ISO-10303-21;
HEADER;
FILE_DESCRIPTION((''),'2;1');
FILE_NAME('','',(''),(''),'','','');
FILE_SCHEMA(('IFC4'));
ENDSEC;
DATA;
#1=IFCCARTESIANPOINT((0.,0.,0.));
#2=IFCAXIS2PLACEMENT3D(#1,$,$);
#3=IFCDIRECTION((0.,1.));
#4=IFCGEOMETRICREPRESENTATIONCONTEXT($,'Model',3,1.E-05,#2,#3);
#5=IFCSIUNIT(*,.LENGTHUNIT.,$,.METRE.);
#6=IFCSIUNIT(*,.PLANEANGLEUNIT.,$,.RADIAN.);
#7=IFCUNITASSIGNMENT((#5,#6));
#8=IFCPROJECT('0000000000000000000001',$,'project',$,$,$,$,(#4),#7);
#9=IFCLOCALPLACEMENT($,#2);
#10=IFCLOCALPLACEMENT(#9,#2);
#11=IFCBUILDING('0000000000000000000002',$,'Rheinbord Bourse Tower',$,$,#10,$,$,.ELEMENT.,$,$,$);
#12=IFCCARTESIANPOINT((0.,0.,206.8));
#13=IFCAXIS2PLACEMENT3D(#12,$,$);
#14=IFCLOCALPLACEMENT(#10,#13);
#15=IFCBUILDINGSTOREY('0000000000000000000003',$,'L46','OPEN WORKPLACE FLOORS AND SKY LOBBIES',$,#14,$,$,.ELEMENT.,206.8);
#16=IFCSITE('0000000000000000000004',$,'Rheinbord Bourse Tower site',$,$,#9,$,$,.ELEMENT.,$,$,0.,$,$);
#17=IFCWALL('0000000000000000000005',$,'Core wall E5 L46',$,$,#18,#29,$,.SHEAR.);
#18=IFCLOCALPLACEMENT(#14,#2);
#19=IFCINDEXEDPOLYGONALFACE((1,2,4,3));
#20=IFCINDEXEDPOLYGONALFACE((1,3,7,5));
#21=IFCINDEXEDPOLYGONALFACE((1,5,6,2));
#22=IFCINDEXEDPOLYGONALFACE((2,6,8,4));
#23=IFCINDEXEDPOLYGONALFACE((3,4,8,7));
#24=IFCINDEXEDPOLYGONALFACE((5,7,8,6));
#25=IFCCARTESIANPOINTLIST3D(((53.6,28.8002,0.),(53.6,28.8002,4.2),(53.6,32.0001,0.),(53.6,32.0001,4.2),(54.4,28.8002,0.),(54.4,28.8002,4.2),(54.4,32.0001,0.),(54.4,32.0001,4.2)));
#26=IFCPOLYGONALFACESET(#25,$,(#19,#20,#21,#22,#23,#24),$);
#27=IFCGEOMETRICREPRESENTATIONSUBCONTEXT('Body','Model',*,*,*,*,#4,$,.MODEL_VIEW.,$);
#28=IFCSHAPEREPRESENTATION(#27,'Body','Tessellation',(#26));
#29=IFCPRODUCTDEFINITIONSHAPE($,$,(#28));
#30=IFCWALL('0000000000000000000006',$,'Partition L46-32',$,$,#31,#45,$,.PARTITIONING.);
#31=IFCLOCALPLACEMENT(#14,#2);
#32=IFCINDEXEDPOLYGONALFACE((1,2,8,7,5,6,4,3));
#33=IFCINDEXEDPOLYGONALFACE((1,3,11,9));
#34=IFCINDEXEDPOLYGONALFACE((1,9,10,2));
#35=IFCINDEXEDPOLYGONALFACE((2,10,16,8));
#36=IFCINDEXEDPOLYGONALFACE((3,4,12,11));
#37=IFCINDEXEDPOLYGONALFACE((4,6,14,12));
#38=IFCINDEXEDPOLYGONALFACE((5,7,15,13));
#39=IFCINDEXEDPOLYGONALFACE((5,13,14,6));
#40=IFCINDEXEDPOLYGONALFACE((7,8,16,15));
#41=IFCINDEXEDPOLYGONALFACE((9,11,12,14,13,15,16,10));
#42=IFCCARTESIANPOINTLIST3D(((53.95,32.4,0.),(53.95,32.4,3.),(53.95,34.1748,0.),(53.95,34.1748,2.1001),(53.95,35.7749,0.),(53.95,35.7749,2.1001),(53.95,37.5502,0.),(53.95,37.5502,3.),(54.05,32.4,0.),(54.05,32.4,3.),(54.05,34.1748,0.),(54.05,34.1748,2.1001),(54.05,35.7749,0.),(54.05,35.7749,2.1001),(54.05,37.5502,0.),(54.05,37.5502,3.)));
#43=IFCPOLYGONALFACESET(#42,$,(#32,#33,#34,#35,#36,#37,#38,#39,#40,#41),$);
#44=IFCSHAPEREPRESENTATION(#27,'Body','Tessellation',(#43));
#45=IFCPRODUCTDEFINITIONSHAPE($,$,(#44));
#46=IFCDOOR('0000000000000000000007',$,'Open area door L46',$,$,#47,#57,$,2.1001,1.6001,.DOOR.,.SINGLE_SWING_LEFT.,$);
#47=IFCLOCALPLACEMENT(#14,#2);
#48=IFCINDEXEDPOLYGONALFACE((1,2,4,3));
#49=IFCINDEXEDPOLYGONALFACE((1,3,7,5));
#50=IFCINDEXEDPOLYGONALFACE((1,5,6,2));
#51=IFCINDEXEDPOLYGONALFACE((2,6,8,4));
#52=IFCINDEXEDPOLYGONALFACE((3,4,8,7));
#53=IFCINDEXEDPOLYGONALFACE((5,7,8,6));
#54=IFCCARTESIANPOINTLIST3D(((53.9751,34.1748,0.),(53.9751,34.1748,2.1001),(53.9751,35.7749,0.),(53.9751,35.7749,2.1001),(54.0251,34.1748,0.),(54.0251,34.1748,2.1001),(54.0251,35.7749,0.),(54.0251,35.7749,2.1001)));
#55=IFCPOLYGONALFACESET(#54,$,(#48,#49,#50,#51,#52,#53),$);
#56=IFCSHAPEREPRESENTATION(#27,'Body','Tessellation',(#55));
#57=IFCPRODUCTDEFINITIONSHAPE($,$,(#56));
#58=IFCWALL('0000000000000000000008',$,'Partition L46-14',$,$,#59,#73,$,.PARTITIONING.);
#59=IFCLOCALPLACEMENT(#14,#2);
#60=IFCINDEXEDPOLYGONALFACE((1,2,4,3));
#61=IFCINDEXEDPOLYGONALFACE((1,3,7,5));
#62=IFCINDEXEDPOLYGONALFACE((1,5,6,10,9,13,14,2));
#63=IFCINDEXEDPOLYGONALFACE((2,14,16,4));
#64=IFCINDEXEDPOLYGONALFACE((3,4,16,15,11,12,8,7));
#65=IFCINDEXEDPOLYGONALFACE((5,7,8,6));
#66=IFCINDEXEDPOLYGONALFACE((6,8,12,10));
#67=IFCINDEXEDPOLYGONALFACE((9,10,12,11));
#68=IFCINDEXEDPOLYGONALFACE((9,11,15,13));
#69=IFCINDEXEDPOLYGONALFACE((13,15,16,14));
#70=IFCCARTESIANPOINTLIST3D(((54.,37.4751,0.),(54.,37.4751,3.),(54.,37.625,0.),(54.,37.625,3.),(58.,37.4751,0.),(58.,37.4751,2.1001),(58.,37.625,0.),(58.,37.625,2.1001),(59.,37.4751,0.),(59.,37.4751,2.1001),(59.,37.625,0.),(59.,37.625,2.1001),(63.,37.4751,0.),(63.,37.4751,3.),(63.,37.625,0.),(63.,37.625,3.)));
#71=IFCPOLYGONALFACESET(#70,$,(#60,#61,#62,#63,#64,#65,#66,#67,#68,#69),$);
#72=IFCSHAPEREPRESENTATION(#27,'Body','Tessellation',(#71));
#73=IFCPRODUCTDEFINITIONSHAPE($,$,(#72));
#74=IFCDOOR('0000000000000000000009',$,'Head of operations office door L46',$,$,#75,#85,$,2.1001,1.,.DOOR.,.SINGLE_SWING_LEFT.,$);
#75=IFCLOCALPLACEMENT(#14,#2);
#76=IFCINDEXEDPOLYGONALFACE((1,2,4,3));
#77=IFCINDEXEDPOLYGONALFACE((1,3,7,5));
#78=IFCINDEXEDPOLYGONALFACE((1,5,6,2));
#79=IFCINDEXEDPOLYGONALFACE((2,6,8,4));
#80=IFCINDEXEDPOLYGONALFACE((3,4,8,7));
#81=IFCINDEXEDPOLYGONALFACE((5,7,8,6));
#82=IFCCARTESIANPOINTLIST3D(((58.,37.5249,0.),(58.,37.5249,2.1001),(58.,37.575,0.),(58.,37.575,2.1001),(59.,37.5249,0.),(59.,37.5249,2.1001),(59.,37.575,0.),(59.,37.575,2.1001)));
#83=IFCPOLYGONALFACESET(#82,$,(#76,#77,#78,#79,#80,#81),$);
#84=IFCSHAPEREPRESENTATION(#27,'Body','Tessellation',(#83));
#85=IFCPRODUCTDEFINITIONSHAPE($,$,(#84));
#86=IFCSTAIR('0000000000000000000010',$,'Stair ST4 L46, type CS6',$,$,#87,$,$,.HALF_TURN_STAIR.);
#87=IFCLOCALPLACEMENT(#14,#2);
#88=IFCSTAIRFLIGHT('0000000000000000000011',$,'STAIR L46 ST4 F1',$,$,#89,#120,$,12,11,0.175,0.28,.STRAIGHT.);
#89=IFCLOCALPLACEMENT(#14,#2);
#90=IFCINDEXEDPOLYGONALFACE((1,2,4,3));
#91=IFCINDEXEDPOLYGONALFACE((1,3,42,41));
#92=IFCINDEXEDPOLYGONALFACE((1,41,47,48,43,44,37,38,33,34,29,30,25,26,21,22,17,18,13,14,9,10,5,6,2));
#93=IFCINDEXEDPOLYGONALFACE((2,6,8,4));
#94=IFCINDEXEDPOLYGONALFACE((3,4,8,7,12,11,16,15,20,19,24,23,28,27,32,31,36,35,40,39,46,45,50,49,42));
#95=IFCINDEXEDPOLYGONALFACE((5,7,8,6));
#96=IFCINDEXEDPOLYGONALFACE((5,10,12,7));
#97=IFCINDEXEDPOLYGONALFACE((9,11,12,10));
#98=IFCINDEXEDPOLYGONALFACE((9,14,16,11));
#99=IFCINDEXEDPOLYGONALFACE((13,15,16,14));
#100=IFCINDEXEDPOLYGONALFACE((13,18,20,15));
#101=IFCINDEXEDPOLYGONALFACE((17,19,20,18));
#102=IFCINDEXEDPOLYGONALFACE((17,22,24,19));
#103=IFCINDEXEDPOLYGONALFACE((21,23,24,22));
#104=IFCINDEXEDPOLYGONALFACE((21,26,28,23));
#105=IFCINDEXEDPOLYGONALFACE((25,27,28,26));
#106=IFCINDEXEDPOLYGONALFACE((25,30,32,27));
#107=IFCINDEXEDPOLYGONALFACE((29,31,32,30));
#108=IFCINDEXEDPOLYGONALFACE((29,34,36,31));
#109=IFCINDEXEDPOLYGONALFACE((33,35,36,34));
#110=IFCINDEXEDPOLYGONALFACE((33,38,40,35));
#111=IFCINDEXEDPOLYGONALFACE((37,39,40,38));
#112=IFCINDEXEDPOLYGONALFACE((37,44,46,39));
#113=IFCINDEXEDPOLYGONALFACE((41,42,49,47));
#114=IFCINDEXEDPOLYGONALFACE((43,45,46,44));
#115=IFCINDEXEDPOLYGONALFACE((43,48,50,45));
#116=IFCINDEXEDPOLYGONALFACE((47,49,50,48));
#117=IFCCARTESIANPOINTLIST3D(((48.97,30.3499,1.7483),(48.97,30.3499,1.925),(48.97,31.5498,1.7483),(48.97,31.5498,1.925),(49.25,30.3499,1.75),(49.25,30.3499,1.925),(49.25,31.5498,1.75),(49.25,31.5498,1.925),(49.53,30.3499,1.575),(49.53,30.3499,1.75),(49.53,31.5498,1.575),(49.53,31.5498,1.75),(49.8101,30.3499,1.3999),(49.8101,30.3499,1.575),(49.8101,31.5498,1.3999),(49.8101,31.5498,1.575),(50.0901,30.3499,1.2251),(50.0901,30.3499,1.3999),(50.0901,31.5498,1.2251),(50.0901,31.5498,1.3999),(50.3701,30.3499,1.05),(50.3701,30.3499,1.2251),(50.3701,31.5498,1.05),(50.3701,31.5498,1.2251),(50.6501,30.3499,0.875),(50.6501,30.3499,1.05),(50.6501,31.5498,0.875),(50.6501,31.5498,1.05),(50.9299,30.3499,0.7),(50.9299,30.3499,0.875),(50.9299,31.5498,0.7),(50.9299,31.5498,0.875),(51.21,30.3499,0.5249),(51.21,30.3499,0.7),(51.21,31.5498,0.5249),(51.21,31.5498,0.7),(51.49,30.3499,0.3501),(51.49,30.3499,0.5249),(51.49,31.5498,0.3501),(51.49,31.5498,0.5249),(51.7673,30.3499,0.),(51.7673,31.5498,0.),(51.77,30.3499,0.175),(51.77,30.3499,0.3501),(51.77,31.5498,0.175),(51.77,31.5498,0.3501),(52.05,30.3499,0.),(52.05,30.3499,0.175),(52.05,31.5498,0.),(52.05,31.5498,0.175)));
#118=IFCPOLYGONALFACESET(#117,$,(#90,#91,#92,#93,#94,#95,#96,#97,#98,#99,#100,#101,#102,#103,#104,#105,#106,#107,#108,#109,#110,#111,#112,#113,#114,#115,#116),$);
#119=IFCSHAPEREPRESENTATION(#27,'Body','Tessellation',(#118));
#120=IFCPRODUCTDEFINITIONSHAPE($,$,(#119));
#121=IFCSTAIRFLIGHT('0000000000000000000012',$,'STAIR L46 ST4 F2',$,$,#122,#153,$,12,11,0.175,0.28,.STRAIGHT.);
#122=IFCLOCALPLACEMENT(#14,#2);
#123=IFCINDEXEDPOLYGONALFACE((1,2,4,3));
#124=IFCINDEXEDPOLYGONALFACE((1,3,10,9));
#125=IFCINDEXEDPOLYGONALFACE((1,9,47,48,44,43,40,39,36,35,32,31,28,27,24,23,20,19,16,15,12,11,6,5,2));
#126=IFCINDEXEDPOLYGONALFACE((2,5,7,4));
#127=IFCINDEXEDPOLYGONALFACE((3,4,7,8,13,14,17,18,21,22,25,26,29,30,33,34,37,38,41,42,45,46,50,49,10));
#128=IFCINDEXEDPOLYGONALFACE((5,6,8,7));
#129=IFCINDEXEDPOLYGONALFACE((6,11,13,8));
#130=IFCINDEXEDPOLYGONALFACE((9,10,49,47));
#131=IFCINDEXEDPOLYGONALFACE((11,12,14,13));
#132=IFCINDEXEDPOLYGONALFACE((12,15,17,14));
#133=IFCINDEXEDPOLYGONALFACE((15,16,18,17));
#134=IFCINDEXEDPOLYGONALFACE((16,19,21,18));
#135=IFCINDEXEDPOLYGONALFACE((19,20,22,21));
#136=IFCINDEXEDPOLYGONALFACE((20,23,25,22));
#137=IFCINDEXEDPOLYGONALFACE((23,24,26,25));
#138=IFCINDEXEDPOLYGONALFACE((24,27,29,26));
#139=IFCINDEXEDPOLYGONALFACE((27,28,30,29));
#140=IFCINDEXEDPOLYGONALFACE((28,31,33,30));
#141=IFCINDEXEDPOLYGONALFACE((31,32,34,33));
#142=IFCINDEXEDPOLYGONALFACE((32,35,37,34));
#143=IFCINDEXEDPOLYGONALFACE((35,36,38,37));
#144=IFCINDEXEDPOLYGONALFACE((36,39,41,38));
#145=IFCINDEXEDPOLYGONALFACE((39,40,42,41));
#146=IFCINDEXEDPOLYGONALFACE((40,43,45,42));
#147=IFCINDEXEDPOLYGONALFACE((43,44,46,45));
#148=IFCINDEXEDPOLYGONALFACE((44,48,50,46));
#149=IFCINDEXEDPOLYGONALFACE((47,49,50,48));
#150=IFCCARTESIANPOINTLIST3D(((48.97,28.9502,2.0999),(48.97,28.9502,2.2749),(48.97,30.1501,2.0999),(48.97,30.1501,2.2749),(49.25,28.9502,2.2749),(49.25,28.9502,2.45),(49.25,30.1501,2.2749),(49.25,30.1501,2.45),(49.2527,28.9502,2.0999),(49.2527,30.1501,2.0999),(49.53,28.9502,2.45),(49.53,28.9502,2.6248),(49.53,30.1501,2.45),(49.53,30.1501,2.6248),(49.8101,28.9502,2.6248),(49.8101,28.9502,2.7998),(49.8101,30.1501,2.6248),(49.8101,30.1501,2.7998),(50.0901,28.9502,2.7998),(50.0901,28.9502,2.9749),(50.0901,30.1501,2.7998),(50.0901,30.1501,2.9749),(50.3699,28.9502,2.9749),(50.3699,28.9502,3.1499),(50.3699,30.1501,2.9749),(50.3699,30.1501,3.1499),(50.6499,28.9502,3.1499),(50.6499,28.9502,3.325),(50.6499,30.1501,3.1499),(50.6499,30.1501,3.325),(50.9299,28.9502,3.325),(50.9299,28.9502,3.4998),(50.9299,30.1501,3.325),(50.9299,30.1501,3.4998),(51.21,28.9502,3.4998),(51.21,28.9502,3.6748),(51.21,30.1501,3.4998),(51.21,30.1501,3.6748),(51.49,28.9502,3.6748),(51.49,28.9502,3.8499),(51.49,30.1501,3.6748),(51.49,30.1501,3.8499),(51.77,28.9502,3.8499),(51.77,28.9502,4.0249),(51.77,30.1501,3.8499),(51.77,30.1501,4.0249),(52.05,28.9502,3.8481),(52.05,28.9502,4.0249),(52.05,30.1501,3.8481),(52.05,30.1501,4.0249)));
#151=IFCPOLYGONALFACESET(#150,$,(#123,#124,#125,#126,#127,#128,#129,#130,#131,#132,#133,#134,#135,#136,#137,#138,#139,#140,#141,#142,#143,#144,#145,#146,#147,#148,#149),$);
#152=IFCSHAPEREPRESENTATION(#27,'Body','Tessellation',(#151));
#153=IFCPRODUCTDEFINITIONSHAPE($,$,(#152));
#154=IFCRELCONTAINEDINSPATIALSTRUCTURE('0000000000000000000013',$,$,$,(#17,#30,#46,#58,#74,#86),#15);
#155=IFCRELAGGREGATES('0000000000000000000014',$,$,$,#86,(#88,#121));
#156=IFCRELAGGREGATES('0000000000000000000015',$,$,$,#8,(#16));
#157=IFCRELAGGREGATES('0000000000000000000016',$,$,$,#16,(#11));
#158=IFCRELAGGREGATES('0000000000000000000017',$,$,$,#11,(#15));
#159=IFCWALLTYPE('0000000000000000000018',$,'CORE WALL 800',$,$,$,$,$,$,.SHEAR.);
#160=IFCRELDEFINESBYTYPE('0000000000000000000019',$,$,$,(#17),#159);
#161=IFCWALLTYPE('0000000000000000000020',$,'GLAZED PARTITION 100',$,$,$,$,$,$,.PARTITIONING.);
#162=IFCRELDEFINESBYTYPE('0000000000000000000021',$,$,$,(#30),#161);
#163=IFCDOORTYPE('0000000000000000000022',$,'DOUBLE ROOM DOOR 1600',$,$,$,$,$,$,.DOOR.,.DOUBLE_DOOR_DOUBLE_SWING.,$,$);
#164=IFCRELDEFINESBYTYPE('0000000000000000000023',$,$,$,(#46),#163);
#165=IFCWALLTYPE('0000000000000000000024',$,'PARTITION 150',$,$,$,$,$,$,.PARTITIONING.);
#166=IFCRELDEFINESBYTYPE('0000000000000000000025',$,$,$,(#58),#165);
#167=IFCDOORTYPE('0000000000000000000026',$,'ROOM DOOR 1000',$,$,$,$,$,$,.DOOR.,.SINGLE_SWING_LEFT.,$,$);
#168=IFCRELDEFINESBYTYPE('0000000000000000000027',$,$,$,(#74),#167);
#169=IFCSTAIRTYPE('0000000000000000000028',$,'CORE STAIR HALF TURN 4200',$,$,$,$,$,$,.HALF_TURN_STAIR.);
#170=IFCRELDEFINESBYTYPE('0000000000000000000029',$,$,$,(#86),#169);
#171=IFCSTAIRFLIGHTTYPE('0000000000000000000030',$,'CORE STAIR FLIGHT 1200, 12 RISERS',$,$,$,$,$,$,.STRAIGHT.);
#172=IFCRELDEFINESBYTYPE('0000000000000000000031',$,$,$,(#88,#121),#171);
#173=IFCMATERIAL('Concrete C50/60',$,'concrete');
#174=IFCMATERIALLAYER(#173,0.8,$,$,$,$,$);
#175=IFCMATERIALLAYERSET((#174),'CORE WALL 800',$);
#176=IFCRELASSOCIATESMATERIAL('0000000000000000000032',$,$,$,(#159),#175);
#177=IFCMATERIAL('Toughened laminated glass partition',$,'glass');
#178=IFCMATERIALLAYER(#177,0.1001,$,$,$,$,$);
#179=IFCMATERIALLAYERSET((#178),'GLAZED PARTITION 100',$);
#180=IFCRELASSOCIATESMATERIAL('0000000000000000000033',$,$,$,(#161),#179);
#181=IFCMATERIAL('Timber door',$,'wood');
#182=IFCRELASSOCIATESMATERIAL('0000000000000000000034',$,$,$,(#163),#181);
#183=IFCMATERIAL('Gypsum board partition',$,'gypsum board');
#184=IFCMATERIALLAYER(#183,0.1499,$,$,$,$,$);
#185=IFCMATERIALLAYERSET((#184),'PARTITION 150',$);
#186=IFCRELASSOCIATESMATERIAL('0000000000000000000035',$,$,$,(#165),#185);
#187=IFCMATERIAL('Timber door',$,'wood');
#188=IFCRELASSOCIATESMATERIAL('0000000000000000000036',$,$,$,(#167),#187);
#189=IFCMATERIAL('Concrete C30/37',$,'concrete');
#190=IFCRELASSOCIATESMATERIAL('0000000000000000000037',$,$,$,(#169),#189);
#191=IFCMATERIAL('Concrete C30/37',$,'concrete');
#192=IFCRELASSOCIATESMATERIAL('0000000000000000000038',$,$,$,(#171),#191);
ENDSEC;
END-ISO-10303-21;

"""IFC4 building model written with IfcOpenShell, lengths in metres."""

from ifc_helpers import new_model, si_unit, direction, frame, frame_2d, origin, place, context, subcontext, project, spatial, polyline, rectangle, outline, extrude, material, layer, layer_set, type_object, element, fill, aggregate, save


model = new_model("IFC4")

# Units and contexts
model_context = context("Model", 3, precision=1e-05, world=origin(), true_north=direction((0.0, 1.0)))
body_context = subcontext(model_context, "Body", "Model", "MODEL_VIEW")
ifc_project = project(units=[si_unit("LENGTHUNIT", "METRE"), si_unit("PLANEANGLEUNIT", "RADIAN")], contexts=[model_context])

# Site, building, storey
site_placement = place(None, origin())
site = spatial("IfcSite", under=ifc_project, at=site_placement, Name="Rheinbord Bourse Tower site", CompositionType="ELEMENT", RefElevation=0.0)
building_placement = place(site_placement, origin())
building = spatial("IfcBuilding", under=site, at=building_placement, Name="Rheinbord Bourse Tower", CompositionType="ELEMENT")
storey_placement = place(building_placement, frame((0.0, 0.0, 206.8)))
storey = spatial("IfcBuildingStorey", under=building, at=storey_placement, Name="L46", Description="OPEN WORKPLACE FLOORS AND SKY LOBBIES", CompositionType="ELEMENT", Elevation=206.8)

# Shared definitions
ifc_material_1 = material(Name="Concrete C50/60", Category="concrete")
ifc_layer_1 = layer(ifc_material_1, 0.8)
ifc_layer_set_1 = layer_set([ifc_layer_1], Name="CORE WALL 800")
wall_type_1 = type_object("IfcWallType", Name="CORE WALL 800", PredefinedType="SHEAR", material=ifc_layer_set_1)

# Wall
wall_1_placement = place(storey_placement, frame((54.0, 28.8, 0.0), z_axis=(0.0, 0.0, 1.0), x_axis=(0.0, 1.0, 0.0)))
element("IfcWall", 1, at=wall_1_placement, inside=storey, type_object=wall_type_1, Name="Core wall E5 L46", PredefinedType="SHEAR", context=body_context, shape_type="SweptSolid", body=[
    extrude(rectangle(XDim=3.2, YDim=0.8, at=frame_2d((1.6001, 0.0))), origin(), (0.0, 0.0, 1.0), 4.2),
])

# Walls, openings, doors
ifc_material_2 = material(Name="Toughened laminated glass partition", Category="glass")
ifc_layer_2 = layer(ifc_material_2, 0.1001)
ifc_layer_set_2 = layer_set([ifc_layer_2], Name="GLAZED PARTITION 100")
wall_type_2 = type_object("IfcWallType", Name="GLAZED PARTITION 100", PredefinedType="PARTITIONING", material=ifc_layer_set_2)
wall_2_placement = place(storey_placement, frame((54.0, 32.3999, 0.0), z_axis=(0.0, 0.0, 1.0), x_axis=(0.0, 1.0, 0.0)))
wall_2 = element("IfcWall", 2, at=wall_2_placement, inside=storey, type_object=wall_type_2, Name="Partition L46-32", PredefinedType="PARTITIONING", context=body_context, shape_type="SweptSolid", body=[
    extrude(rectangle(XDim=5.1501, YDim=0.1001, at=frame_2d((2.5752, 0.0))), origin(), (0.0, 0.0, 1.0), 3.0),
])
opening_1_placement = place(wall_2_placement, frame((1.7749, 0.0, 0.0)))
opening_1 = element("IfcOpeningElement", 3, at=opening_1_placement, cuts=wall_2, PredefinedType="OPENING", context=body_context, shape_type="SweptSolid", body=[
    extrude(rectangle(XDim=1.6001, YDim=2.1001, at=frame_2d((0.8, 1.05))), frame((0.0, 0.0601, 0.0), z_axis=(0.0, -1.0, 0.0), x_axis=(1.0, 0.0, 0.0)), (0.0, 0.0, 1.0), 0.1201),
])
ifc_material_3 = material(Name="Timber door", Category="wood")
door_type_1 = type_object("IfcDoorType", Name="DOUBLE ROOM DOOR 1600", OperationType="DOUBLE_DOOR_DOUBLE_SWING", PredefinedType="DOOR", material=ifc_material_3)
door_1_placement = place(opening_1_placement, origin())
door_1 = element("IfcDoor", 4, at=door_1_placement, inside=storey, type_object=door_type_1, Name="Open area door L46", OperationType="SINGLE_SWING_LEFT", OverallHeight=2.1001, OverallWidth=1.6001, PredefinedType="DOOR", context=body_context, shape_type="SweptSolid", body=[
    extrude(rectangle(XDim=1.6001, YDim=2.1001, at=frame_2d((0.8, 1.05))), frame((0.0, 0.0249, 0.0), z_axis=(0.0, -1.0, 0.0), x_axis=(1.0, 0.0, 0.0)), (0.0, 0.0, 1.0), 0.05),
])
fill(opening_1, door_1)
ifc_material_4 = material(Name="Gypsum board partition", Category="gypsum board")
ifc_layer_3 = layer(ifc_material_4, 0.1499)
ifc_layer_set_3 = layer_set([ifc_layer_3], Name="PARTITION 150")
wall_type_3 = type_object("IfcWallType", Name="PARTITION 150", PredefinedType="PARTITIONING", material=ifc_layer_set_3)
wall_3_placement = place(storey_placement, frame((54.0, 37.55, 0.0), z_axis=(0.0, 0.0, 1.0), x_axis=(1.0, 0.0, 0.0)))
wall_3 = element("IfcWall", 5, at=wall_3_placement, inside=storey, type_object=wall_type_3, Name="Partition L46-14", PredefinedType="PARTITIONING", context=body_context, shape_type="SweptSolid", body=[
    extrude(rectangle(XDim=9.0, YDim=0.1499, at=frame_2d((4.5, 0.0))), origin(), (0.0, 0.0, 1.0), 3.0),
])
opening_2_placement = place(wall_3_placement, frame((4.0, 0.0, 0.0)))
opening_2 = element("IfcOpeningElement", 6, at=opening_2_placement, cuts=wall_3, PredefinedType="OPENING", context=body_context, shape_type="SweptSolid", body=[
    extrude(rectangle(XDim=1.0, YDim=2.1001, at=frame_2d((0.5, 1.05))), frame((0.0, 0.085, 0.0), z_axis=(0.0, -1.0, 0.0), x_axis=(1.0, 0.0, 0.0)), (0.0, 0.0, 1.0), 0.1699),
])
ifc_material_5 = material(Name="Timber door", Category="wood")
door_type_2 = type_object("IfcDoorType", Name="ROOM DOOR 1000", OperationType="SINGLE_SWING_LEFT", PredefinedType="DOOR", material=ifc_material_5)
door_2_placement = place(opening_2_placement, origin())
door_2 = element("IfcDoor", 7, at=door_2_placement, inside=storey, type_object=door_type_2, Name="Head of operations office door L46", OperationType="SINGLE_SWING_LEFT", OverallHeight=2.1001, OverallWidth=1.0, PredefinedType="DOOR", context=body_context, shape_type="SweptSolid", body=[
    extrude(rectangle(XDim=1.0, YDim=2.1001, at=frame_2d((0.5, 1.05))), frame((0.0, 0.0249, 0.0), z_axis=(0.0, -1.0, 0.0), x_axis=(1.0, 0.0, 0.0)), (0.0, 0.0, 1.0), 0.05),
])
fill(opening_2, door_2)

# Stair, stair flights
ifc_material_6 = material(Name="Concrete C30/37", Category="concrete")
stair_type = type_object("IfcStairType", Name="CORE STAIR HALF TURN 4200", PredefinedType="HALF_TURN_STAIR", material=ifc_material_6)
stair_placement = place(storey_placement, origin())
stair = element("IfcStair", 8, at=stair_placement, inside=storey, type_object=stair_type, Name="Stair ST4 L46, type CS6", PredefinedType="HALF_TURN_STAIR")
ifc_material_7 = material(Name="Concrete C30/37", Category="concrete")
stair_flight_type = type_object("IfcStairFlightType", Name="CORE STAIR FLIGHT 1200, 12 RISERS", PredefinedType="STRAIGHT", material=ifc_material_7)
stair_flight_1_placement = place(storey_placement, frame((52.05, 30.95, 0.0), z_axis=(0.0, 0.0, 1.0), x_axis=(-1.0, 0.0, 0.0)))
stair_flight_1 = element("IfcStairFlight", 9, at=stair_flight_1_placement, type_object=stair_flight_type, Name="STAIR L46 ST4 F1", NumberOfRisers=12, NumberOfTreads=11, PredefinedType="STRAIGHT", RiserHeight=0.175, TreadLength=0.28, context=body_context, shape_type="SweptSolid", body=[
    extrude(outline(polyline([(0.0, 0.0), (0.0, 0.175), (0.28, 0.175), (0.28, 0.3501), (0.5601, 0.3501), (0.5601, 0.5249), (0.8401, 0.5249), (0.8401, 0.7), (1.1201, 0.7), (1.1201, 0.875), (1.3999, 0.875), (1.3999, 1.05), (1.6799, 1.05), (1.6799, 1.2251), (1.96, 1.2251), (1.96, 1.3999), (2.24, 1.3999), (2.24, 1.575), (2.52, 1.575), (2.52, 1.75), (2.8, 1.75), (2.8, 1.925), (3.0801, 1.925), (3.0801, 2.1001), (3.0801, 1.7483), (0.2827, 0.0), (0.0, 0.0)])), frame((0.0, 0.6001, 0.0), z_axis=(0.0, -1.0, 0.0), x_axis=(1.0, 0.0, 0.0)), (0.0, 0.0, 1.0), 1.2),
])
stair_flight_2_placement = place(storey_placement, frame((48.97, 29.55, 2.0999), z_axis=(0.0, 0.0, 1.0), x_axis=(1.0, 0.0, 0.0)))
stair_flight_2 = element("IfcStairFlight", 10, at=stair_flight_2_placement, type_object=stair_flight_type, Name="STAIR L46 ST4 F2", NumberOfRisers=12, NumberOfTreads=11, PredefinedType="STRAIGHT", RiserHeight=0.175, TreadLength=0.28, context=body_context, shape_type="SweptSolid", body=[
    extrude(outline(polyline([(0.0, 0.0), (0.0, 0.175), (0.28, 0.175), (0.28, 0.3501), (0.5601, 0.3501), (0.5601, 0.5249), (0.8401, 0.5249), (0.8401, 0.7), (1.1201, 0.7), (1.1201, 0.875), (1.3999, 0.875), (1.3999, 1.05), (1.6799, 1.05), (1.6799, 1.2251), (1.96, 1.2251), (1.96, 1.3999), (2.24, 1.3999), (2.24, 1.575), (2.52, 1.575), (2.52, 1.75), (2.8, 1.75), (2.8, 1.925), (3.0801, 1.925), (3.0801, 2.1001), (3.0801, 1.7483), (0.2827, 0.0), (0.0, 0.0)])), frame((0.0, 0.6001, 0.0), z_axis=(0.0, -1.0, 0.0), x_axis=(1.0, 0.0, 0.0)), (0.0, 0.0, 1.0), 1.2),
])
aggregate(stair, [stair_flight_1, stair_flight_2])

save(model, "model.ifc")
